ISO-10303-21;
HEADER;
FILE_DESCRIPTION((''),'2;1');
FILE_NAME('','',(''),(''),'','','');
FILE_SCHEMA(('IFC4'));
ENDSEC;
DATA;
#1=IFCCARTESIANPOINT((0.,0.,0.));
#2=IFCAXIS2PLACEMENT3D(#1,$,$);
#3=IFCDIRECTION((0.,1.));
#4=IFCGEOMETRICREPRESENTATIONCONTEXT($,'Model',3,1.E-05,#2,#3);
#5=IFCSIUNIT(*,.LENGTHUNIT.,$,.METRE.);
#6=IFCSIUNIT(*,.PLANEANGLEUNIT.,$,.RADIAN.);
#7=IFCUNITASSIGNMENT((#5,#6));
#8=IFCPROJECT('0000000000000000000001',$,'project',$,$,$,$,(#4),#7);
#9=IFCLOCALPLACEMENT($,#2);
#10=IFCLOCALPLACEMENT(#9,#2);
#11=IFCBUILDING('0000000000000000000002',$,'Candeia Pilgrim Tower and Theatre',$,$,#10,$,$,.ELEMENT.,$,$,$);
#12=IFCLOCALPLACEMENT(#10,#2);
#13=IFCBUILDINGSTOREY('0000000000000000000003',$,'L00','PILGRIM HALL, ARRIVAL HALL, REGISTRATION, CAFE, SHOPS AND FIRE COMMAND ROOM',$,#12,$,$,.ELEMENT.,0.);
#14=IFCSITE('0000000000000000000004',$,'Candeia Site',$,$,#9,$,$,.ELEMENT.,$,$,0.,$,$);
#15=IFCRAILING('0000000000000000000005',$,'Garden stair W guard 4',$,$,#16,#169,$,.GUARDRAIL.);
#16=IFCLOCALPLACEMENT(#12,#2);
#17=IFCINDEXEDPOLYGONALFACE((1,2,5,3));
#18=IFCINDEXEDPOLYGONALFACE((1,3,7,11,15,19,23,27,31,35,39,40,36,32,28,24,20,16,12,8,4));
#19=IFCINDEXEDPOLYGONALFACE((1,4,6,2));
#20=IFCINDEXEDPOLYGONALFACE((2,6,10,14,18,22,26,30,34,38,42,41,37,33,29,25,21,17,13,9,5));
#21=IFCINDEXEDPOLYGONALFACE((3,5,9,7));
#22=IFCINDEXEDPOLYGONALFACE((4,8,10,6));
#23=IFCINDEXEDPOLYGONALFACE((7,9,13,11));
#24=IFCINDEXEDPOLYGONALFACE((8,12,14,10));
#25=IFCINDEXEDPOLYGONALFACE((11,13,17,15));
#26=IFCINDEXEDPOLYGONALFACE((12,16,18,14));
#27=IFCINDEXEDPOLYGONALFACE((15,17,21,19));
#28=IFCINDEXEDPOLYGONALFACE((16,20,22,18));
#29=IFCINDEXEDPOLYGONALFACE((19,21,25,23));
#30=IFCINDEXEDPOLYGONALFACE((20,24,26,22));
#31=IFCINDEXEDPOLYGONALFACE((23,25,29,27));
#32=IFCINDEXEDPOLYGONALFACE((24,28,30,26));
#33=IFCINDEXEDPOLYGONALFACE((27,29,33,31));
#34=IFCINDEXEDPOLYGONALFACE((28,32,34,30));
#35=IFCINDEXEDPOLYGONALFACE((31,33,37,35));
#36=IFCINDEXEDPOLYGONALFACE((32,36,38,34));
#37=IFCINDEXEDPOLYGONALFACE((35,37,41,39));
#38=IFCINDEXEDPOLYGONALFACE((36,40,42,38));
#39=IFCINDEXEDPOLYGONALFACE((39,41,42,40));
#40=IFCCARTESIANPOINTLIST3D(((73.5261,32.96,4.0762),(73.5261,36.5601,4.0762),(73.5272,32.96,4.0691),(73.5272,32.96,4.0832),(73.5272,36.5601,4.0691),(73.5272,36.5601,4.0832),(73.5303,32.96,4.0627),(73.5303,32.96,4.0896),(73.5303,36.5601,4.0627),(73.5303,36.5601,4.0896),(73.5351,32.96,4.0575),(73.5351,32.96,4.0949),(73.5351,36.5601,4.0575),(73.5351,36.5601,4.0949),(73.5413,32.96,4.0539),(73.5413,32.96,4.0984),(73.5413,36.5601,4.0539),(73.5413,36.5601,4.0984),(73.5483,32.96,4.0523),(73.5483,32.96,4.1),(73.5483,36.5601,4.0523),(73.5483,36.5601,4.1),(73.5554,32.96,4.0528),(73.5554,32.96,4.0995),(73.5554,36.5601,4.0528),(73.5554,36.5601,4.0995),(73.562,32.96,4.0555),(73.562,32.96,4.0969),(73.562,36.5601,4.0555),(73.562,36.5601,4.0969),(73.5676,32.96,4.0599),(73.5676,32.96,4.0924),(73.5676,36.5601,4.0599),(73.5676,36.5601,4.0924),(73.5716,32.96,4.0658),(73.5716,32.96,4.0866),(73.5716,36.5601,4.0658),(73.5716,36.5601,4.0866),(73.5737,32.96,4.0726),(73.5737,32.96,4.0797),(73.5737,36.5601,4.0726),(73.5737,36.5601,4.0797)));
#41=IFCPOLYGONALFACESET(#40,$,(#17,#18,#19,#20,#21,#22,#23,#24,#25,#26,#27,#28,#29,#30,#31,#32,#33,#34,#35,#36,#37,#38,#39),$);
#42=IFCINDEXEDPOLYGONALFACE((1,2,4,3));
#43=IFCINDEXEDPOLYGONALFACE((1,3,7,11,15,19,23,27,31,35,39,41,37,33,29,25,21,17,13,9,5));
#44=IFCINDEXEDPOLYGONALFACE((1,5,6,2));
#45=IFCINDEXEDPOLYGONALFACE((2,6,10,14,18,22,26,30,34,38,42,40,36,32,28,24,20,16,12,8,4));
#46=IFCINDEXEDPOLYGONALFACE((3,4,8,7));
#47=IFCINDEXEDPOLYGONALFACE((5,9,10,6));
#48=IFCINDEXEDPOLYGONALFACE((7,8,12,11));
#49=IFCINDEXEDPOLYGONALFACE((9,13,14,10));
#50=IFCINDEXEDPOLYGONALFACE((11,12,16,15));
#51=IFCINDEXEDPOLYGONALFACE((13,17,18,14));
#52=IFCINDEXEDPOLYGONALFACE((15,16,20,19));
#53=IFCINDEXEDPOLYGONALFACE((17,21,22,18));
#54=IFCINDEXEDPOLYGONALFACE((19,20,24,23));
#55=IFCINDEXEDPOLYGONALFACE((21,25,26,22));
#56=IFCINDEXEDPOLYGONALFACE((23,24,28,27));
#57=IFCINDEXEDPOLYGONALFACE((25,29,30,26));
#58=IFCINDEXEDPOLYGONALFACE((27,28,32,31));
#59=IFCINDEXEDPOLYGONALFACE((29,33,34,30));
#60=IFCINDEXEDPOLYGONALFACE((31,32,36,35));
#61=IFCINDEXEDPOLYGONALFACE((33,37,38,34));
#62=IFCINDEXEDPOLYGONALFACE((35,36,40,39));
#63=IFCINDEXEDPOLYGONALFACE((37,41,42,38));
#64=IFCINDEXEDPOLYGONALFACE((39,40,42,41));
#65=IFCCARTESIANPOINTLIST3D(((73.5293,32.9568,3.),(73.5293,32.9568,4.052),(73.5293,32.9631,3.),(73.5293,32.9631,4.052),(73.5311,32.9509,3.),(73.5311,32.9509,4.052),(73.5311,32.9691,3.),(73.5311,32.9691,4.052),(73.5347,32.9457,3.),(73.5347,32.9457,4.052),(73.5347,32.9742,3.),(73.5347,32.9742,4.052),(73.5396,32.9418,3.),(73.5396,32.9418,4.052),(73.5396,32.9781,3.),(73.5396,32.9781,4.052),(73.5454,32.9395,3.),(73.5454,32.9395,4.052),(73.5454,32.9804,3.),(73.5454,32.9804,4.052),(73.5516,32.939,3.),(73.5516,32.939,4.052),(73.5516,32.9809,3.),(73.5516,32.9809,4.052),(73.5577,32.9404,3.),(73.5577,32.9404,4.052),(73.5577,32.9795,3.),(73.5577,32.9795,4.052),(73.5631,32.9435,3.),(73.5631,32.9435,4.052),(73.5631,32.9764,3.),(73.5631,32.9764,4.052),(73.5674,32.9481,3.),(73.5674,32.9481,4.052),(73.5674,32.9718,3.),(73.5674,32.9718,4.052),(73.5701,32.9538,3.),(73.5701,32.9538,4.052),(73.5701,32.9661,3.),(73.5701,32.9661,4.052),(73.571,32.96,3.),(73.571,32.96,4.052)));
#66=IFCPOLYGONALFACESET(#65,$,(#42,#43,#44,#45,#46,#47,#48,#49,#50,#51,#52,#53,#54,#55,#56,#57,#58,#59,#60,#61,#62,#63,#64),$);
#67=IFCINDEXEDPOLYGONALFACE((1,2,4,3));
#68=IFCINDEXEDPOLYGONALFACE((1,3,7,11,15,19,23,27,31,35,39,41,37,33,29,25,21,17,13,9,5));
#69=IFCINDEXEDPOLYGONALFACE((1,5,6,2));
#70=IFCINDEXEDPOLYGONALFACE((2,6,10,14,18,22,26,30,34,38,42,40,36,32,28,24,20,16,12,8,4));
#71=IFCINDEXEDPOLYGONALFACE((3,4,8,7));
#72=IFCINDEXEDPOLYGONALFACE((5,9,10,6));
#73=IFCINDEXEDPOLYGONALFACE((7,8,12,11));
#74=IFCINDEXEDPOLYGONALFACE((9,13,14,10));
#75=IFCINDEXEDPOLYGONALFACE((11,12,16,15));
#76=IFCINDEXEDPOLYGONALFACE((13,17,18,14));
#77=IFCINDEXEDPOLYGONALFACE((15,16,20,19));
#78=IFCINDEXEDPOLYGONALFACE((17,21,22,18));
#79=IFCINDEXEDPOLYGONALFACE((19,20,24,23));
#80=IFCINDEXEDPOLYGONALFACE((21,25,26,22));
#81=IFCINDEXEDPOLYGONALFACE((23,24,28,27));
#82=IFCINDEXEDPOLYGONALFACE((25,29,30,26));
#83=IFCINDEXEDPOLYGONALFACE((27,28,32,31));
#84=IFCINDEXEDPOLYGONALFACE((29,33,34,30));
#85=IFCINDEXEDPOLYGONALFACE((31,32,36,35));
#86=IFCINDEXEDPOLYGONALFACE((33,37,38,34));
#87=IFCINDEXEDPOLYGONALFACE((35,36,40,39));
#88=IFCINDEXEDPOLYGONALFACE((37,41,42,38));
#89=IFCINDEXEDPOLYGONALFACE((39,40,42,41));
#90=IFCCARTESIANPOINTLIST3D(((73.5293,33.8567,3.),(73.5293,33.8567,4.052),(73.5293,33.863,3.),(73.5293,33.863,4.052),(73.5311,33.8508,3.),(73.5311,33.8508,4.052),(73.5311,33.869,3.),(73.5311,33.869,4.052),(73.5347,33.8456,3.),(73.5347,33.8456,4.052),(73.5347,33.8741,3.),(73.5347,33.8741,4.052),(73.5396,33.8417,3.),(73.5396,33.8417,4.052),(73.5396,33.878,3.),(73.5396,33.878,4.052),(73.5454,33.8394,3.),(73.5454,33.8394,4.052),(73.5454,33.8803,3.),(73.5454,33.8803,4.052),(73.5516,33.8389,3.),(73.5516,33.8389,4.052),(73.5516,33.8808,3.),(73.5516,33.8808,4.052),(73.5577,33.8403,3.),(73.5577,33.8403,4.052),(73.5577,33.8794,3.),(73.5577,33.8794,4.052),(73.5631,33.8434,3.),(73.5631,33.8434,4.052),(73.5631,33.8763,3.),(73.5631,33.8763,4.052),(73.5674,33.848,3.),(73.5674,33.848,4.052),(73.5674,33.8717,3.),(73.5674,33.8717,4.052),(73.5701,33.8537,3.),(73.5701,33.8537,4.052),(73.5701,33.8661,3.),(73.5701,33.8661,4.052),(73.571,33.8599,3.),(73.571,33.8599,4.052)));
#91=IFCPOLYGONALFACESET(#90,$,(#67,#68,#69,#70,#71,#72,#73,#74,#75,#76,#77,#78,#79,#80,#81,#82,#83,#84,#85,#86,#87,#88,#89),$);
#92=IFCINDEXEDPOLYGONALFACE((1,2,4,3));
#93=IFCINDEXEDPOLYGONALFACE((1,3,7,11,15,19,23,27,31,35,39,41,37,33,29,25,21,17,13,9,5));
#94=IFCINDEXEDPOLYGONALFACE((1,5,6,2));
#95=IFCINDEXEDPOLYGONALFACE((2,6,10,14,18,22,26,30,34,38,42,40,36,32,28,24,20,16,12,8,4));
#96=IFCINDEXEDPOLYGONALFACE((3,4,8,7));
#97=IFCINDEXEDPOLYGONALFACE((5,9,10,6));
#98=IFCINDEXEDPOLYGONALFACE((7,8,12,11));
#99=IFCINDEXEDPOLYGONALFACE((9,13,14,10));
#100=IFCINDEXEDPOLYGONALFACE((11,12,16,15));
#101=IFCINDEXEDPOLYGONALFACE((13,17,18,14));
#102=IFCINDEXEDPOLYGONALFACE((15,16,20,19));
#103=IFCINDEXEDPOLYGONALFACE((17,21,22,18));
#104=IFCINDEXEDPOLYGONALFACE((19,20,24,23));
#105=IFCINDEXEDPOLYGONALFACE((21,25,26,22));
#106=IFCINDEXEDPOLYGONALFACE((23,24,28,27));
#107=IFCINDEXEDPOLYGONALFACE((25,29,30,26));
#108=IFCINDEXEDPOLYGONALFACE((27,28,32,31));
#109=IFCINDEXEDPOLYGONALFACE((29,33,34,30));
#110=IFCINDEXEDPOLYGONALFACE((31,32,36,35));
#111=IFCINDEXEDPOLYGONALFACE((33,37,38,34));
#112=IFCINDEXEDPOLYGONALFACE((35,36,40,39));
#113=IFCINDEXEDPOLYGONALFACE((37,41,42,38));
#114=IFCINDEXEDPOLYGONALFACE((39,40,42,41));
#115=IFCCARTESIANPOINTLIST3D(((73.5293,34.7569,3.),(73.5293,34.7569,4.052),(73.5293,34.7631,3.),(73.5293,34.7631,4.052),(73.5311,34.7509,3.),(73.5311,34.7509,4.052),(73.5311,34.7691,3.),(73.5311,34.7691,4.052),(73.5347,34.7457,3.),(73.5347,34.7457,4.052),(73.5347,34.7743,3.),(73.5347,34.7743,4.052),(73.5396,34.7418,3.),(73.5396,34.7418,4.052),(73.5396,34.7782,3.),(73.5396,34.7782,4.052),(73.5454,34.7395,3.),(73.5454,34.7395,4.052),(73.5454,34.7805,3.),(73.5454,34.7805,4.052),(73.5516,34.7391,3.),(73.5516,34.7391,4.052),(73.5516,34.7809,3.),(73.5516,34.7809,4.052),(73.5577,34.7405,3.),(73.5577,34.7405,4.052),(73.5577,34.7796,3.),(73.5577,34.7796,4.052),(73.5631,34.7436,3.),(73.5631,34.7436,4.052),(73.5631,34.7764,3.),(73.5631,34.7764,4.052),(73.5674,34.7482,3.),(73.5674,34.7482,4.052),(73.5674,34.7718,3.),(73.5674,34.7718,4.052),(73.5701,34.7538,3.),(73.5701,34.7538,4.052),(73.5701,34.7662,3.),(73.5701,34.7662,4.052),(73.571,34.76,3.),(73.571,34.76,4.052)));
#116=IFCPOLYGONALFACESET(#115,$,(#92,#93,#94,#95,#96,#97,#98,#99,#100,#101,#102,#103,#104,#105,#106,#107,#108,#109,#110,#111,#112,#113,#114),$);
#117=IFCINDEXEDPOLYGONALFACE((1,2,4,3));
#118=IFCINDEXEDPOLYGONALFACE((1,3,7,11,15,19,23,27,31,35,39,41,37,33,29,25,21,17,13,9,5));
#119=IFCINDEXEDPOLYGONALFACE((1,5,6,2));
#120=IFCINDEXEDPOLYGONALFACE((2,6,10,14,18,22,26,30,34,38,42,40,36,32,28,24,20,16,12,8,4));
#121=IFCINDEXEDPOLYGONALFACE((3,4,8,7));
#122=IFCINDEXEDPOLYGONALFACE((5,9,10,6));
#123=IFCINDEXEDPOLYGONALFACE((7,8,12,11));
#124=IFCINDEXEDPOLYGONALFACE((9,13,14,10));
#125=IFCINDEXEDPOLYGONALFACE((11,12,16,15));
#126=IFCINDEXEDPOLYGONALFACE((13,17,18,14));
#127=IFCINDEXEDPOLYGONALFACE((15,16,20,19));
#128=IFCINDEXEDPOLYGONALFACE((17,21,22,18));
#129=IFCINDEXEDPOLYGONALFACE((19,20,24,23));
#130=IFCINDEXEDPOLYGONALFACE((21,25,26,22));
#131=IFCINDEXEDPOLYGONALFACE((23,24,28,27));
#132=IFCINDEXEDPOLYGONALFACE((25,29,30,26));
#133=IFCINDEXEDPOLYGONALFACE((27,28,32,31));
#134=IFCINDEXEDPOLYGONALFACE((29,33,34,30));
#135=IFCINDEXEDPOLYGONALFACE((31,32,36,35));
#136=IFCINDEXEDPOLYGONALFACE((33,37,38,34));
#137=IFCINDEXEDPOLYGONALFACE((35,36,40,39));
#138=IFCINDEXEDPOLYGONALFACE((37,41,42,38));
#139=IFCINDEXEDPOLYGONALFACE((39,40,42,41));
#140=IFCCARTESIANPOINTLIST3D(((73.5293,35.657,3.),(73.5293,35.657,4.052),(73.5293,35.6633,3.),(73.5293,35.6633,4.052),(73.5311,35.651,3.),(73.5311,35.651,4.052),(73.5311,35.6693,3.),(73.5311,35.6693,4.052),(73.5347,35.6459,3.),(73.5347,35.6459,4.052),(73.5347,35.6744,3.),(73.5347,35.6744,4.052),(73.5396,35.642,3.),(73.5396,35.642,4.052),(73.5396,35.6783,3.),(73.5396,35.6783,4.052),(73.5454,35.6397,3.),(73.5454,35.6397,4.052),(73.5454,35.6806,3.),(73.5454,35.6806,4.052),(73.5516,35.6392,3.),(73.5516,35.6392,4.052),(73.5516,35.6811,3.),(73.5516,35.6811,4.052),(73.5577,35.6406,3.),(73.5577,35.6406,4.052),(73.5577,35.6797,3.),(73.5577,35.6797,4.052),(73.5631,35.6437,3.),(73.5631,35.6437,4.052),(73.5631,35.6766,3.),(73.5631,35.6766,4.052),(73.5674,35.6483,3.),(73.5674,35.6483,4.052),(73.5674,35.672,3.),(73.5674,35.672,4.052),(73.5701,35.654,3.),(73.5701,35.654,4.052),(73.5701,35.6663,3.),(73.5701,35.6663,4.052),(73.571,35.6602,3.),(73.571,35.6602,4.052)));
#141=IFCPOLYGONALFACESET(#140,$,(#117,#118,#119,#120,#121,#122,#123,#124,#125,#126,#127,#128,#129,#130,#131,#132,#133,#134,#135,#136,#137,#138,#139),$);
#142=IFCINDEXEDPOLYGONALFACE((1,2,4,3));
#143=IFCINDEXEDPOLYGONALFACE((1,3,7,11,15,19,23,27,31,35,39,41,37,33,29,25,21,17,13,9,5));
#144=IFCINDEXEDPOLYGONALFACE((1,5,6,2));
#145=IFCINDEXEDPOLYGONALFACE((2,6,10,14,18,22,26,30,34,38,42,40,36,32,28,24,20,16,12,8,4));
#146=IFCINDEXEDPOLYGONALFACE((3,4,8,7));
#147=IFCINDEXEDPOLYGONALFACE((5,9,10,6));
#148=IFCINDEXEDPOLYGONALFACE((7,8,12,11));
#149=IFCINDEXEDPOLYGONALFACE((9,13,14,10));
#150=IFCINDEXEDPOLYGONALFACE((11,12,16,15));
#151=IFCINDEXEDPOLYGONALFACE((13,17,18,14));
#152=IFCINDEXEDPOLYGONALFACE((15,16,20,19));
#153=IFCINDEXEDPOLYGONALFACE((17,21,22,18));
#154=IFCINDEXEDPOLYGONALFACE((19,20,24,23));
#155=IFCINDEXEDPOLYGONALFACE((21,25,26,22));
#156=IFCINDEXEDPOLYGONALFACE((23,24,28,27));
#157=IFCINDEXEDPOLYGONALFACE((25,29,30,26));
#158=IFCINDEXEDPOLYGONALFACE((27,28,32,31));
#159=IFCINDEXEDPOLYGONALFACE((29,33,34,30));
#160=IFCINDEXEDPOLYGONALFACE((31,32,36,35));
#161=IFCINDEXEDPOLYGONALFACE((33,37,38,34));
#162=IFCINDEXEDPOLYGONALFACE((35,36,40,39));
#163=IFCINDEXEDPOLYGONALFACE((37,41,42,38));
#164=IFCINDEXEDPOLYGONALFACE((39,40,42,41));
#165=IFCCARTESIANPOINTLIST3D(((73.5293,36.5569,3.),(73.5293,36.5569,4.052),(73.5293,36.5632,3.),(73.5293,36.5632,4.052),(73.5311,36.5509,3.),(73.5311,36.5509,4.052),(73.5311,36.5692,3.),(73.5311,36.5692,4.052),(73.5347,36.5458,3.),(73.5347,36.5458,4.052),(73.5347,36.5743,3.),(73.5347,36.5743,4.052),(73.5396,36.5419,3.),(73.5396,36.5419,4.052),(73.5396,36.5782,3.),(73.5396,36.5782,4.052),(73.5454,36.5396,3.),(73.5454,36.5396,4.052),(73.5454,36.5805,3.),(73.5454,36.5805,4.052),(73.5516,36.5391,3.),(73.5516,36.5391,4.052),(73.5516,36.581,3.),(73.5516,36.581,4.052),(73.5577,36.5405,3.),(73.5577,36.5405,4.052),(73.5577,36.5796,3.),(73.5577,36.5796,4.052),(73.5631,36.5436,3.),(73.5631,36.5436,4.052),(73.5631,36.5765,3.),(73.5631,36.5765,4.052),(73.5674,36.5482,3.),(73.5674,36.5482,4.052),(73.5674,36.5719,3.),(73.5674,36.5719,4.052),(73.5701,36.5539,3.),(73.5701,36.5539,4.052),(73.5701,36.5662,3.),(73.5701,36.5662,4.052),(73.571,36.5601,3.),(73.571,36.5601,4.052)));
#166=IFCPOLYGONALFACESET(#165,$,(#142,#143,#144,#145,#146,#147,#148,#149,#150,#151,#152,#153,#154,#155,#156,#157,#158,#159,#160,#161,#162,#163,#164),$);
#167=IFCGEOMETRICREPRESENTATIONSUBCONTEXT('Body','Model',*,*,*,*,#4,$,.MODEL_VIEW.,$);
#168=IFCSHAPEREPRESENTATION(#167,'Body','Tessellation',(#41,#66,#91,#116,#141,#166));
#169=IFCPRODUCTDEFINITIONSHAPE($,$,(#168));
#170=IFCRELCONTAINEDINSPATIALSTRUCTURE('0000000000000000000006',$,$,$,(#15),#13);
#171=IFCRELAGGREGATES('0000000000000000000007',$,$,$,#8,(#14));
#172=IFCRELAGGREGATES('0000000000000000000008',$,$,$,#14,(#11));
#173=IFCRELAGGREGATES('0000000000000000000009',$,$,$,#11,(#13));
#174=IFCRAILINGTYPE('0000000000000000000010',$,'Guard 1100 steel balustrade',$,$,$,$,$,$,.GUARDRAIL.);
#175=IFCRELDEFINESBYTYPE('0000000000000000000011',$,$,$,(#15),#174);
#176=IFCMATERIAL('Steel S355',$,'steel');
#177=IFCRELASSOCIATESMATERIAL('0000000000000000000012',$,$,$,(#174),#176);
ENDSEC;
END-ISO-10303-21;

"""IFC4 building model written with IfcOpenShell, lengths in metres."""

from ifc_helpers import new_model, si_unit, direction, frame, origin, origin_2d, place, context, subcontext, project, spatial, circle, extrude, material, type_object, element, save


model = new_model("IFC4")

# Units and contexts
model_context = context("Model", 3, precision=1e-05, world=origin(), true_north=direction((0.0, 1.0)))
body_context = subcontext(model_context, "Body", "Model", "MODEL_VIEW")
ifc_project = project(units=[si_unit("LENGTHUNIT", "METRE"), si_unit("PLANEANGLEUNIT", "RADIAN")], contexts=[model_context])

# Site, building, storey
site_placement = place(None, origin())
site = spatial("IfcSite", under=ifc_project, at=site_placement, Name="Candeia Site", CompositionType="ELEMENT", RefElevation=0.0)
building_placement = place(site_placement, origin())
building = spatial("IfcBuilding", under=site, at=building_placement, Name="Candeia Pilgrim Tower and Theatre", CompositionType="ELEMENT")
storey_placement = place(building_placement, origin())
storey = spatial("IfcBuildingStorey", under=building, at=storey_placement, Name="L00", Description="PILGRIM HALL, ARRIVAL HALL, REGISTRATION, CAFE, SHOPS AND FIRE COMMAND ROOM", CompositionType="ELEMENT", Elevation=0.0)

# Railing
ifc_material_1 = material(Name="Steel S355", Category="steel")
railing_type_1 = type_object("IfcRailingType", Name="Guard 1100 steel balustrade", PredefinedType="GUARDRAIL", material=ifc_material_1)
railing_1_placement = place(storey_placement, frame((73.55, 32.96, 3.0)))
element("IfcRailing", 1, at=railing_1_placement, inside=storey, type_object=railing_type_1, Name="Garden stair W guard 4", PredefinedType="GUARDRAIL", context=body_context, shape_type="SweptSolid", body=[
    extrude(circle(Radius=0.0239, at=origin_2d()), frame((0.0, 0.0, 1.0762), z_axis=(0.0, 1.0, 0.0), x_axis=(-1.0, 0.0, 0.0)), (0.0, 0.0, 1.0), 3.6001),
    extrude(circle(Radius=0.021, at=origin_2d()), origin(), (0.0, 0.0, 1.0), 1.052),
    extrude(circle(Radius=0.021, at=origin_2d()), frame((0.0, 0.8999, 0.0)), (0.0, 0.0, 1.0), 1.052),
    extrude(circle(Radius=0.021, at=origin_2d()), frame((0.0, 1.8, 0.0)), (0.0, 0.0, 1.0), 1.052),
    extrude(circle(Radius=0.021, at=origin_2d()), frame((0.0, 2.7002, 0.0)), (0.0, 0.0, 1.0), 1.052),
    extrude(circle(Radius=0.021, at=origin_2d()), frame((0.0, 3.6001, 0.0)), (0.0, 0.0, 1.0), 1.052),
])

save(model, "model.ifc")
